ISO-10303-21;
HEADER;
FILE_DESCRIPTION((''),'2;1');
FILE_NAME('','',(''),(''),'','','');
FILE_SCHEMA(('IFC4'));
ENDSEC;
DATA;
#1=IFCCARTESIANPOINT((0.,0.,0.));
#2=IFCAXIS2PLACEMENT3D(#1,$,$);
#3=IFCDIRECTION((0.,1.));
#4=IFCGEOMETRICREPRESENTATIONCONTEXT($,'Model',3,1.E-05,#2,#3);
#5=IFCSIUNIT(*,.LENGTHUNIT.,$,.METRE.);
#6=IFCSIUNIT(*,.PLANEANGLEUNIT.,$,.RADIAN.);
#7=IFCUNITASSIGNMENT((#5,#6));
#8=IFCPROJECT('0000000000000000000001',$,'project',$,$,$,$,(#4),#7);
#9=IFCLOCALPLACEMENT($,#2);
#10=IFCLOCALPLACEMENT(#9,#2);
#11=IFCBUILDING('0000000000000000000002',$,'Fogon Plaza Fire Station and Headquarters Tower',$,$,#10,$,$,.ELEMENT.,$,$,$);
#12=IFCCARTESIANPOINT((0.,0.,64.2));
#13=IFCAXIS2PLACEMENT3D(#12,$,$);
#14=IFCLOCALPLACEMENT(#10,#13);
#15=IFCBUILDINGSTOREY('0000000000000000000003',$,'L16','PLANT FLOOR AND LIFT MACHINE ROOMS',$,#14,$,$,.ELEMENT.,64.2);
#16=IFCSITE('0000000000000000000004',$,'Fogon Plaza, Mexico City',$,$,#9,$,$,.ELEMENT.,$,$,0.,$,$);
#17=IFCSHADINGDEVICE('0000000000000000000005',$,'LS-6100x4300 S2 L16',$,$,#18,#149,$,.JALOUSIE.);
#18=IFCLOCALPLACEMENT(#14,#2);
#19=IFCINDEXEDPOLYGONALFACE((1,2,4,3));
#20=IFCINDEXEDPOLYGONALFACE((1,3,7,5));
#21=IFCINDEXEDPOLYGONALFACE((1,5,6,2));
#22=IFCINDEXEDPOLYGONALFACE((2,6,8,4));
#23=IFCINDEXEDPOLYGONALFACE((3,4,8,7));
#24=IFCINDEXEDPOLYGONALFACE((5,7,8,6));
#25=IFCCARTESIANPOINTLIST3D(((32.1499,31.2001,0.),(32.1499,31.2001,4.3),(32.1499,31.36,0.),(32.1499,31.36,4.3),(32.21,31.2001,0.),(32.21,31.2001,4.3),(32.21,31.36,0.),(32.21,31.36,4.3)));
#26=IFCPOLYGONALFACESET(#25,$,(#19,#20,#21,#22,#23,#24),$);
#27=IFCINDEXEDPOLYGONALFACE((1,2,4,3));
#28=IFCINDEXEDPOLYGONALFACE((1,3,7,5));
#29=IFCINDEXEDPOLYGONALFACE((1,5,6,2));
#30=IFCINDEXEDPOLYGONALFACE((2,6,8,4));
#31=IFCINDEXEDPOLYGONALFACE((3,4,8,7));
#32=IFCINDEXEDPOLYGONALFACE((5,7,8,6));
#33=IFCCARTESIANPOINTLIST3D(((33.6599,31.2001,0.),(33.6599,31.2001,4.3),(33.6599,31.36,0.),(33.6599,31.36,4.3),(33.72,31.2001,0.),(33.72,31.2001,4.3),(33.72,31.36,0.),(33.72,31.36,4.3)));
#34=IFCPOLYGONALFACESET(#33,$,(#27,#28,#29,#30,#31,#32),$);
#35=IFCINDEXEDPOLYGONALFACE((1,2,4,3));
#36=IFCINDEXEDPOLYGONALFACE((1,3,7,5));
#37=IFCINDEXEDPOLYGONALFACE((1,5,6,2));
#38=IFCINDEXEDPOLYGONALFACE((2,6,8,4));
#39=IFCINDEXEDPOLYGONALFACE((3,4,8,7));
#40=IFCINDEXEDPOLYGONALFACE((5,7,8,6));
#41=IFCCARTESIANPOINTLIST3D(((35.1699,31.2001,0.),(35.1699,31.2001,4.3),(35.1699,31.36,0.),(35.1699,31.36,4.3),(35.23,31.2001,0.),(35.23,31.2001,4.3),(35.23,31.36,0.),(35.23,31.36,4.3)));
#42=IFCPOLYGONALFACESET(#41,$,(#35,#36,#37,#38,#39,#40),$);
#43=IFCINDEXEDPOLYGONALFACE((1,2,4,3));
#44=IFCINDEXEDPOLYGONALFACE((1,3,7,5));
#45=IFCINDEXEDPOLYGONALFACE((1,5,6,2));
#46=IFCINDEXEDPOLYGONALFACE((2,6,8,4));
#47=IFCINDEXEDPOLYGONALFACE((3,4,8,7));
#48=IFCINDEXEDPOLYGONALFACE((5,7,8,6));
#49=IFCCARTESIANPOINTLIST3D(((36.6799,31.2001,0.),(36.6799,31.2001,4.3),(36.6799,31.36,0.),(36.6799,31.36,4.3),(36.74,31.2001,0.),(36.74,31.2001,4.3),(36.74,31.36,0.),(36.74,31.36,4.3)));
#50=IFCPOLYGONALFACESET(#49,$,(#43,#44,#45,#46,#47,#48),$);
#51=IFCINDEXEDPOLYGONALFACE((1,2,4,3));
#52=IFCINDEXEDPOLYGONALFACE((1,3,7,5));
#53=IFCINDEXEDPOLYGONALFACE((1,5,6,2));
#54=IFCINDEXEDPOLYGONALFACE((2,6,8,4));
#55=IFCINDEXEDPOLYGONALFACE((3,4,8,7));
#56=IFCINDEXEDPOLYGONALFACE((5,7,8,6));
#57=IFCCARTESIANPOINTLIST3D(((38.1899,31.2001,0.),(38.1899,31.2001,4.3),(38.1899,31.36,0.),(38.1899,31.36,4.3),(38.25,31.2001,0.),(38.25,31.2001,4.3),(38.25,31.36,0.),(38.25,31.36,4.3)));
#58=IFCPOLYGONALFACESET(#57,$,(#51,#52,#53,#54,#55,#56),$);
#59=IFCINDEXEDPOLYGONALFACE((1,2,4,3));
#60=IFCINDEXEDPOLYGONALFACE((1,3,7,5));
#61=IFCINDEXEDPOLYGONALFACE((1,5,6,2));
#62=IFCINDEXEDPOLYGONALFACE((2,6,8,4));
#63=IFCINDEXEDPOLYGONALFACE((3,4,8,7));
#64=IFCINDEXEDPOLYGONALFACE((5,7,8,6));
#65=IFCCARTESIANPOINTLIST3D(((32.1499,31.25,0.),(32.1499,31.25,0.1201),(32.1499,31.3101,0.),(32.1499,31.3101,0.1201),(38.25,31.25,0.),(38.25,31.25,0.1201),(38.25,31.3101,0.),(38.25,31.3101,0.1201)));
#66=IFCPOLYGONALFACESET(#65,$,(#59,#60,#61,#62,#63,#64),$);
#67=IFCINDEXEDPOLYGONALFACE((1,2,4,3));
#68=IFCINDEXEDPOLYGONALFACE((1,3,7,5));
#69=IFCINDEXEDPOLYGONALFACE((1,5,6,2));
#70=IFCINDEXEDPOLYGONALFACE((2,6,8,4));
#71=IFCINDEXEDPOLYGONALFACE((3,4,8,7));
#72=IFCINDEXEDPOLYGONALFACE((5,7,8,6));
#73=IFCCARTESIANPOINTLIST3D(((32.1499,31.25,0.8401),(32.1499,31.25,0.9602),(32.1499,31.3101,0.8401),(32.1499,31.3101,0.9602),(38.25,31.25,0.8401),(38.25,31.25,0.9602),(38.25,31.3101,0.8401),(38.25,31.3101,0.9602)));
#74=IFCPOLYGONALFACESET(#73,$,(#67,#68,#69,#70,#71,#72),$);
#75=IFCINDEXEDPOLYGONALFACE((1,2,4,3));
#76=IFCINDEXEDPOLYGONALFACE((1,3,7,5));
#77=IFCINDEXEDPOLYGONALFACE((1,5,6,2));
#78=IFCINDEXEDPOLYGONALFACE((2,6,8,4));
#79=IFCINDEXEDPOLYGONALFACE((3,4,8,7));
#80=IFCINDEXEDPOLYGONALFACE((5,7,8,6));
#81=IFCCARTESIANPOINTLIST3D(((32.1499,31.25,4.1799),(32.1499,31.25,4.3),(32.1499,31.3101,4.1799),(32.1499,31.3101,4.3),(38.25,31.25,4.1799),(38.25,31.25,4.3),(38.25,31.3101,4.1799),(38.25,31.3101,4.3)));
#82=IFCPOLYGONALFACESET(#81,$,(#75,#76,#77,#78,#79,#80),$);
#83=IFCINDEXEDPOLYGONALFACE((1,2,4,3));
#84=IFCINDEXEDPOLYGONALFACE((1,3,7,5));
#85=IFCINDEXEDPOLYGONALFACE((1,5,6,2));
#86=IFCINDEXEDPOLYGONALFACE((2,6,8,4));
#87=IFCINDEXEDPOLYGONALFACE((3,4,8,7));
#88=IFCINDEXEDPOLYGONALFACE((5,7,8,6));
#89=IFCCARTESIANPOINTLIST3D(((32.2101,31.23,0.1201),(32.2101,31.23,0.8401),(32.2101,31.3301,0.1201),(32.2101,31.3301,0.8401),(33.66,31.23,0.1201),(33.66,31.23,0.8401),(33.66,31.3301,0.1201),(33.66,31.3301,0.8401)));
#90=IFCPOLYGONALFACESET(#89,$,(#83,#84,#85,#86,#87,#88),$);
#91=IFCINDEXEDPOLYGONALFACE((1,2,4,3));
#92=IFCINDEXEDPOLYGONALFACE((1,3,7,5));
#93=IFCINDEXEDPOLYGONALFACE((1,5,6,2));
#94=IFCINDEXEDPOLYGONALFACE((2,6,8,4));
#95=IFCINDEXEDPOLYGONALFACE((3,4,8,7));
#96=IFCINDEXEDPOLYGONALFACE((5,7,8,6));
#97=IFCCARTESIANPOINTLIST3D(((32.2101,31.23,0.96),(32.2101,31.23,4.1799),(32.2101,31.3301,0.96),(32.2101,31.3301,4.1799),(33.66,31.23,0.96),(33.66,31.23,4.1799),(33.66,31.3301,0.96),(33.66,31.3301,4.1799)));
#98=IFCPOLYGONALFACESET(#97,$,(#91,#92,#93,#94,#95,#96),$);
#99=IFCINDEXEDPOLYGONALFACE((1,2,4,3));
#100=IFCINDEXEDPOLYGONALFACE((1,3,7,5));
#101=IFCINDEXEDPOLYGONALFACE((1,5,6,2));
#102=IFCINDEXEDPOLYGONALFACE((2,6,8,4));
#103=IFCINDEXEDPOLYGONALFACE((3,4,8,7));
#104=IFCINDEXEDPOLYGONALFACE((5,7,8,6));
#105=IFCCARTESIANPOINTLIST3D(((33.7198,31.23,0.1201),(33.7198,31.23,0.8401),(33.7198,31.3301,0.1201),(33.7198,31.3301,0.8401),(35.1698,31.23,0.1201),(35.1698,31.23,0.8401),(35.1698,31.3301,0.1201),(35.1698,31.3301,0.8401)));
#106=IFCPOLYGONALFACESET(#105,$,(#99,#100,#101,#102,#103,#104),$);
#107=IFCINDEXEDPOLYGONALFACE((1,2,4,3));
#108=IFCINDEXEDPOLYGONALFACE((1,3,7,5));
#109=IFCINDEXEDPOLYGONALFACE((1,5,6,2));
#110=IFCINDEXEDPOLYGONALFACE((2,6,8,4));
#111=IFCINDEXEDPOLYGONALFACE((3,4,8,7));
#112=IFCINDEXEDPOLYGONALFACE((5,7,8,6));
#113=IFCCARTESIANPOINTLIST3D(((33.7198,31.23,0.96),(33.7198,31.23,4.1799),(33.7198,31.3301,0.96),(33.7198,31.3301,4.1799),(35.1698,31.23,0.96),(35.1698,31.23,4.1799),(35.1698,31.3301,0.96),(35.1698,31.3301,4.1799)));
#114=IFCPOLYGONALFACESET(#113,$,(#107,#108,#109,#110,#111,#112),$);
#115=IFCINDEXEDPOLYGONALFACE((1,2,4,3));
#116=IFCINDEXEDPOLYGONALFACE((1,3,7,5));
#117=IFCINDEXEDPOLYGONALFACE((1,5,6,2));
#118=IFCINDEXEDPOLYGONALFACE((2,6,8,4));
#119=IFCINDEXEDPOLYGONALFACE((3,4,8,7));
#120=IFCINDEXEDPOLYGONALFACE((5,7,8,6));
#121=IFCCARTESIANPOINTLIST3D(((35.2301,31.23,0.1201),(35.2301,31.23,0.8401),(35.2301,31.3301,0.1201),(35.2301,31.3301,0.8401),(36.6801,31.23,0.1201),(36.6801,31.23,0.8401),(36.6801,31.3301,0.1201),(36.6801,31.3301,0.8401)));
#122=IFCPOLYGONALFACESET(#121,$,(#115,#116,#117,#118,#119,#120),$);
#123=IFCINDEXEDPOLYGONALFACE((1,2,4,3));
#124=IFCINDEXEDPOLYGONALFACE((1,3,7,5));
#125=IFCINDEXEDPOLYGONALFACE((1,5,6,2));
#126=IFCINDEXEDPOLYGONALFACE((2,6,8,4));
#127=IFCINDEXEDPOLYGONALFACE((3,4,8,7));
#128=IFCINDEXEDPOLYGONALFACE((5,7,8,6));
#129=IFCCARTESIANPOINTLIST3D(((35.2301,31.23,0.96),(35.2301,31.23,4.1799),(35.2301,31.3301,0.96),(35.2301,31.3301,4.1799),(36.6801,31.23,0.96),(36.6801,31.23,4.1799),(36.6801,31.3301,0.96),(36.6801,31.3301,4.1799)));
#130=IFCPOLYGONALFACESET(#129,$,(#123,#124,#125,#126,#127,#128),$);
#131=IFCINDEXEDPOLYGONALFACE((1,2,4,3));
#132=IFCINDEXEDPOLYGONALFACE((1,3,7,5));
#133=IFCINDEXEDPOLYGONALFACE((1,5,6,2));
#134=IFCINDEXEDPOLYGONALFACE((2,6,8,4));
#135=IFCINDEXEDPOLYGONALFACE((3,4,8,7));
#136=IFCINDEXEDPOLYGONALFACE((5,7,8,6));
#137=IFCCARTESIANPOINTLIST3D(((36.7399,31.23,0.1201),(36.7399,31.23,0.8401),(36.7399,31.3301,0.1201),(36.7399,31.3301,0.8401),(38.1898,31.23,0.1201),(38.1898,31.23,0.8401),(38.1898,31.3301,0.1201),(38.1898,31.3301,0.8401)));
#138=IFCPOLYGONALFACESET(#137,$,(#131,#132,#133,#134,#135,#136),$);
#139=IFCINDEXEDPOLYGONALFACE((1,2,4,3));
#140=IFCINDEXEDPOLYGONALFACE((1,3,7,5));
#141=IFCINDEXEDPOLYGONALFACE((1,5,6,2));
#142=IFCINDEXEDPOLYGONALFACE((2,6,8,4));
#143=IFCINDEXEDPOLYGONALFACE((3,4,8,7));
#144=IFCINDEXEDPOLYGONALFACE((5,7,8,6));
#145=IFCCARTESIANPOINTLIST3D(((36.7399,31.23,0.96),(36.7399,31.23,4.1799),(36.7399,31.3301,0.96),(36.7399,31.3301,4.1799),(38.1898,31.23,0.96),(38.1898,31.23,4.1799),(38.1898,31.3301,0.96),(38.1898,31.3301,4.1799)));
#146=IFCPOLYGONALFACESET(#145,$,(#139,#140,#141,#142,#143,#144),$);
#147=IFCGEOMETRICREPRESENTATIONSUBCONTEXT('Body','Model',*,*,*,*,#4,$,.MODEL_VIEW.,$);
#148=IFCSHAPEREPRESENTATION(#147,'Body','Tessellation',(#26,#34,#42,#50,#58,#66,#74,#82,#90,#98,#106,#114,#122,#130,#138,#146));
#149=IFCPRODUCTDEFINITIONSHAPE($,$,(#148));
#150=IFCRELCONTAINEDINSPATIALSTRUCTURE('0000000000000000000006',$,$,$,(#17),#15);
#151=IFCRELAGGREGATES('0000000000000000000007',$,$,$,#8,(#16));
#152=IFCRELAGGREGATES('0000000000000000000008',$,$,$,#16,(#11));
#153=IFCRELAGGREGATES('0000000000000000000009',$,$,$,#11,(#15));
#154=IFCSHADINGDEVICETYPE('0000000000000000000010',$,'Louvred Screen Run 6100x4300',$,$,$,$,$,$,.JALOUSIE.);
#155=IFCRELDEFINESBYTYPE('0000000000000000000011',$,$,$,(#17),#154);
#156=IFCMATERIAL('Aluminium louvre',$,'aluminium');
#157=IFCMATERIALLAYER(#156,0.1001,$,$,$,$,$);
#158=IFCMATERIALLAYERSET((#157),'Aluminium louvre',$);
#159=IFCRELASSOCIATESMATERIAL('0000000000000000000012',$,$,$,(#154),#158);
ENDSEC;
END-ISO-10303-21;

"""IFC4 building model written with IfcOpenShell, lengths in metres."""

from ifc_helpers import new_model, si_unit, direction, frame, origin, origin_2d, place, context, subcontext, project, spatial, rectangle, extrude, material, layer, layer_set, type_object, element, save


model = new_model("IFC4")

# Units and contexts
model_context = context("Model", 3, precision=1e-05, world=origin(), true_north=direction((0.0, 1.0)))
body_context = subcontext(model_context, "Body", "Model", "MODEL_VIEW")
ifc_project = project(units=[si_unit("LENGTHUNIT", "METRE"), si_unit("PLANEANGLEUNIT", "RADIAN")], contexts=[model_context])

# Site, building, storey
site_placement = place(None, origin())
site = spatial("IfcSite", under=ifc_project, at=site_placement, Name="Fogon Plaza, Mexico City", CompositionType="ELEMENT", RefElevation=0.0)
building_placement = place(site_placement, origin())
building = spatial("IfcBuilding", under=site, at=building_placement, Name="Fogon Plaza Fire Station and Headquarters Tower", CompositionType="ELEMENT")
storey_placement = place(building_placement, frame((0.0, 0.0, 64.2)))
storey = spatial("IfcBuildingStorey", under=building, at=storey_placement, Name="L16", Description="PLANT FLOOR AND LIFT MACHINE ROOMS", CompositionType="ELEMENT", Elevation=64.2)

# Shading device
ifc_material_1 = material(Name="Aluminium louvre", Category="aluminium")
ifc_layer_1 = layer(ifc_material_1, 0.1001)
ifc_layer_set_1 = layer_set([ifc_layer_1], Name="Aluminium louvre")
shading_device_type = type_object("IfcShadingDeviceType", Name="Louvred Screen Run 6100x4300", PredefinedType="JALOUSIE", material=ifc_layer_set_1)
shading_device_1_placement = place(storey_placement, frame((32.1499, 31.28, 0.0), z_axis=(0.0, 0.0, 1.0), x_axis=(1.0, 0.0, 0.0)))
element("IfcShadingDevice", 1, at=shading_device_1_placement, inside=storey, type_object=shading_device_type, Name="LS-6100x4300 S2 L16", PredefinedType="JALOUSIE", context=body_context, shape_type="SweptSolid", body=[
    extrude(rectangle(XDim=0.0601, YDim=0.1599, at=origin_2d()), frame((0.03, 0.0, 0.0), z_axis=(0.0, 0.0, 1.0), x_axis=(1.0, 0.0, 0.0)), (0.0, 0.0, 1.0), 4.3),
    extrude(rectangle(XDim=0.0601, YDim=0.1599, at=origin_2d()), frame((1.54, 0.0, 0.0), z_axis=(0.0, 0.0, 1.0), x_axis=(1.0, 0.0, 0.0)), (0.0, 0.0, 1.0), 4.3),
    extrude(rectangle(XDim=0.0601, YDim=0.1599, at=origin_2d()), frame((3.05, 0.0, 0.0), z_axis=(0.0, 0.0, 1.0), x_axis=(1.0, 0.0, 0.0)), (0.0, 0.0, 1.0), 4.3),
    extrude(rectangle(XDim=0.0601, YDim=0.1599, at=origin_2d()), frame((4.5601, 0.0, 0.0), z_axis=(0.0, 0.0, 1.0), x_axis=(1.0, 0.0, 0.0)), (0.0, 0.0, 1.0), 4.3),
    extrude(rectangle(XDim=0.0601, YDim=0.1599, at=origin_2d()), frame((6.0701, 0.0, 0.0), z_axis=(0.0, 0.0, 1.0), x_axis=(1.0, 0.0, 0.0)), (0.0, 0.0, 1.0), 4.3),
    extrude(rectangle(XDim=0.1201, YDim=0.0601, at=origin_2d()), frame((0.0, 0.0, 0.0601), z_axis=(1.0, 0.0, 0.0), x_axis=(0.0, 0.0, 1.0)), (0.0, 0.0, 1.0), 6.1001),
    extrude(rectangle(XDim=0.1201, YDim=0.0601, at=origin_2d()), frame((0.0, 0.0, 0.9001), z_axis=(1.0, 0.0, 0.0), x_axis=(0.0, 0.0, 1.0)), (0.0, 0.0, 1.0), 6.1001),
    extrude(rectangle(XDim=0.1201, YDim=0.0601, at=origin_2d()), frame((0.0, 0.0, 4.24), z_axis=(1.0, 0.0, 0.0), x_axis=(0.0, 0.0, 1.0)), (0.0, 0.0, 1.0), 6.1001),
    extrude(rectangle(XDim=1.45, YDim=0.1001, at=origin_2d()), frame((0.7852, 0.0, 0.1201), z_axis=(0.0, 0.0, 1.0), x_axis=(1.0, 0.0, 0.0)), (0.0, 0.0, 1.0), 0.72),
    extrude(rectangle(XDim=1.45, YDim=0.1001, at=origin_2d()), frame((0.7852, 0.0, 0.96), z_axis=(0.0, 0.0, 1.0), x_axis=(1.0, 0.0, 0.0)), (0.0, 0.0, 1.0), 3.22),
    extrude(rectangle(XDim=1.45, YDim=0.1001, at=origin_2d()), frame((2.2949, 0.0, 0.1201), z_axis=(0.0, 0.0, 1.0), x_axis=(1.0, 0.0, 0.0)), (0.0, 0.0, 1.0), 0.72),
    extrude(rectangle(XDim=1.45, YDim=0.1001, at=origin_2d()), frame((2.2949, 0.0, 0.96), z_axis=(0.0, 0.0, 1.0), x_axis=(1.0, 0.0, 0.0)), (0.0, 0.0, 1.0), 3.22),
    extrude(rectangle(XDim=1.45, YDim=0.1001, at=origin_2d()), frame((3.8052, 0.0, 0.1201), z_axis=(0.0, 0.0, 1.0), x_axis=(1.0, 0.0, 0.0)), (0.0, 0.0, 1.0), 0.72),
    extrude(rectangle(XDim=1.45, YDim=0.1001, at=origin_2d()), frame((3.8052, 0.0, 0.96), z_axis=(0.0, 0.0, 1.0), x_axis=(1.0, 0.0, 0.0)), (0.0, 0.0, 1.0), 3.22),
    extrude(rectangle(XDim=1.45, YDim=0.1001, at=origin_2d()), frame((5.3149, 0.0, 0.1201), z_axis=(0.0, 0.0, 1.0), x_axis=(1.0, 0.0, 0.0)), (0.0, 0.0, 1.0), 0.72),
    extrude(rectangle(XDim=1.45, YDim=0.1001, at=origin_2d()), frame((5.3149, 0.0, 0.96), z_axis=(0.0, 0.0, 1.0), x_axis=(1.0, 0.0, 0.0)), (0.0, 0.0, 1.0), 3.22),
])

save(model, "model.ifc")
